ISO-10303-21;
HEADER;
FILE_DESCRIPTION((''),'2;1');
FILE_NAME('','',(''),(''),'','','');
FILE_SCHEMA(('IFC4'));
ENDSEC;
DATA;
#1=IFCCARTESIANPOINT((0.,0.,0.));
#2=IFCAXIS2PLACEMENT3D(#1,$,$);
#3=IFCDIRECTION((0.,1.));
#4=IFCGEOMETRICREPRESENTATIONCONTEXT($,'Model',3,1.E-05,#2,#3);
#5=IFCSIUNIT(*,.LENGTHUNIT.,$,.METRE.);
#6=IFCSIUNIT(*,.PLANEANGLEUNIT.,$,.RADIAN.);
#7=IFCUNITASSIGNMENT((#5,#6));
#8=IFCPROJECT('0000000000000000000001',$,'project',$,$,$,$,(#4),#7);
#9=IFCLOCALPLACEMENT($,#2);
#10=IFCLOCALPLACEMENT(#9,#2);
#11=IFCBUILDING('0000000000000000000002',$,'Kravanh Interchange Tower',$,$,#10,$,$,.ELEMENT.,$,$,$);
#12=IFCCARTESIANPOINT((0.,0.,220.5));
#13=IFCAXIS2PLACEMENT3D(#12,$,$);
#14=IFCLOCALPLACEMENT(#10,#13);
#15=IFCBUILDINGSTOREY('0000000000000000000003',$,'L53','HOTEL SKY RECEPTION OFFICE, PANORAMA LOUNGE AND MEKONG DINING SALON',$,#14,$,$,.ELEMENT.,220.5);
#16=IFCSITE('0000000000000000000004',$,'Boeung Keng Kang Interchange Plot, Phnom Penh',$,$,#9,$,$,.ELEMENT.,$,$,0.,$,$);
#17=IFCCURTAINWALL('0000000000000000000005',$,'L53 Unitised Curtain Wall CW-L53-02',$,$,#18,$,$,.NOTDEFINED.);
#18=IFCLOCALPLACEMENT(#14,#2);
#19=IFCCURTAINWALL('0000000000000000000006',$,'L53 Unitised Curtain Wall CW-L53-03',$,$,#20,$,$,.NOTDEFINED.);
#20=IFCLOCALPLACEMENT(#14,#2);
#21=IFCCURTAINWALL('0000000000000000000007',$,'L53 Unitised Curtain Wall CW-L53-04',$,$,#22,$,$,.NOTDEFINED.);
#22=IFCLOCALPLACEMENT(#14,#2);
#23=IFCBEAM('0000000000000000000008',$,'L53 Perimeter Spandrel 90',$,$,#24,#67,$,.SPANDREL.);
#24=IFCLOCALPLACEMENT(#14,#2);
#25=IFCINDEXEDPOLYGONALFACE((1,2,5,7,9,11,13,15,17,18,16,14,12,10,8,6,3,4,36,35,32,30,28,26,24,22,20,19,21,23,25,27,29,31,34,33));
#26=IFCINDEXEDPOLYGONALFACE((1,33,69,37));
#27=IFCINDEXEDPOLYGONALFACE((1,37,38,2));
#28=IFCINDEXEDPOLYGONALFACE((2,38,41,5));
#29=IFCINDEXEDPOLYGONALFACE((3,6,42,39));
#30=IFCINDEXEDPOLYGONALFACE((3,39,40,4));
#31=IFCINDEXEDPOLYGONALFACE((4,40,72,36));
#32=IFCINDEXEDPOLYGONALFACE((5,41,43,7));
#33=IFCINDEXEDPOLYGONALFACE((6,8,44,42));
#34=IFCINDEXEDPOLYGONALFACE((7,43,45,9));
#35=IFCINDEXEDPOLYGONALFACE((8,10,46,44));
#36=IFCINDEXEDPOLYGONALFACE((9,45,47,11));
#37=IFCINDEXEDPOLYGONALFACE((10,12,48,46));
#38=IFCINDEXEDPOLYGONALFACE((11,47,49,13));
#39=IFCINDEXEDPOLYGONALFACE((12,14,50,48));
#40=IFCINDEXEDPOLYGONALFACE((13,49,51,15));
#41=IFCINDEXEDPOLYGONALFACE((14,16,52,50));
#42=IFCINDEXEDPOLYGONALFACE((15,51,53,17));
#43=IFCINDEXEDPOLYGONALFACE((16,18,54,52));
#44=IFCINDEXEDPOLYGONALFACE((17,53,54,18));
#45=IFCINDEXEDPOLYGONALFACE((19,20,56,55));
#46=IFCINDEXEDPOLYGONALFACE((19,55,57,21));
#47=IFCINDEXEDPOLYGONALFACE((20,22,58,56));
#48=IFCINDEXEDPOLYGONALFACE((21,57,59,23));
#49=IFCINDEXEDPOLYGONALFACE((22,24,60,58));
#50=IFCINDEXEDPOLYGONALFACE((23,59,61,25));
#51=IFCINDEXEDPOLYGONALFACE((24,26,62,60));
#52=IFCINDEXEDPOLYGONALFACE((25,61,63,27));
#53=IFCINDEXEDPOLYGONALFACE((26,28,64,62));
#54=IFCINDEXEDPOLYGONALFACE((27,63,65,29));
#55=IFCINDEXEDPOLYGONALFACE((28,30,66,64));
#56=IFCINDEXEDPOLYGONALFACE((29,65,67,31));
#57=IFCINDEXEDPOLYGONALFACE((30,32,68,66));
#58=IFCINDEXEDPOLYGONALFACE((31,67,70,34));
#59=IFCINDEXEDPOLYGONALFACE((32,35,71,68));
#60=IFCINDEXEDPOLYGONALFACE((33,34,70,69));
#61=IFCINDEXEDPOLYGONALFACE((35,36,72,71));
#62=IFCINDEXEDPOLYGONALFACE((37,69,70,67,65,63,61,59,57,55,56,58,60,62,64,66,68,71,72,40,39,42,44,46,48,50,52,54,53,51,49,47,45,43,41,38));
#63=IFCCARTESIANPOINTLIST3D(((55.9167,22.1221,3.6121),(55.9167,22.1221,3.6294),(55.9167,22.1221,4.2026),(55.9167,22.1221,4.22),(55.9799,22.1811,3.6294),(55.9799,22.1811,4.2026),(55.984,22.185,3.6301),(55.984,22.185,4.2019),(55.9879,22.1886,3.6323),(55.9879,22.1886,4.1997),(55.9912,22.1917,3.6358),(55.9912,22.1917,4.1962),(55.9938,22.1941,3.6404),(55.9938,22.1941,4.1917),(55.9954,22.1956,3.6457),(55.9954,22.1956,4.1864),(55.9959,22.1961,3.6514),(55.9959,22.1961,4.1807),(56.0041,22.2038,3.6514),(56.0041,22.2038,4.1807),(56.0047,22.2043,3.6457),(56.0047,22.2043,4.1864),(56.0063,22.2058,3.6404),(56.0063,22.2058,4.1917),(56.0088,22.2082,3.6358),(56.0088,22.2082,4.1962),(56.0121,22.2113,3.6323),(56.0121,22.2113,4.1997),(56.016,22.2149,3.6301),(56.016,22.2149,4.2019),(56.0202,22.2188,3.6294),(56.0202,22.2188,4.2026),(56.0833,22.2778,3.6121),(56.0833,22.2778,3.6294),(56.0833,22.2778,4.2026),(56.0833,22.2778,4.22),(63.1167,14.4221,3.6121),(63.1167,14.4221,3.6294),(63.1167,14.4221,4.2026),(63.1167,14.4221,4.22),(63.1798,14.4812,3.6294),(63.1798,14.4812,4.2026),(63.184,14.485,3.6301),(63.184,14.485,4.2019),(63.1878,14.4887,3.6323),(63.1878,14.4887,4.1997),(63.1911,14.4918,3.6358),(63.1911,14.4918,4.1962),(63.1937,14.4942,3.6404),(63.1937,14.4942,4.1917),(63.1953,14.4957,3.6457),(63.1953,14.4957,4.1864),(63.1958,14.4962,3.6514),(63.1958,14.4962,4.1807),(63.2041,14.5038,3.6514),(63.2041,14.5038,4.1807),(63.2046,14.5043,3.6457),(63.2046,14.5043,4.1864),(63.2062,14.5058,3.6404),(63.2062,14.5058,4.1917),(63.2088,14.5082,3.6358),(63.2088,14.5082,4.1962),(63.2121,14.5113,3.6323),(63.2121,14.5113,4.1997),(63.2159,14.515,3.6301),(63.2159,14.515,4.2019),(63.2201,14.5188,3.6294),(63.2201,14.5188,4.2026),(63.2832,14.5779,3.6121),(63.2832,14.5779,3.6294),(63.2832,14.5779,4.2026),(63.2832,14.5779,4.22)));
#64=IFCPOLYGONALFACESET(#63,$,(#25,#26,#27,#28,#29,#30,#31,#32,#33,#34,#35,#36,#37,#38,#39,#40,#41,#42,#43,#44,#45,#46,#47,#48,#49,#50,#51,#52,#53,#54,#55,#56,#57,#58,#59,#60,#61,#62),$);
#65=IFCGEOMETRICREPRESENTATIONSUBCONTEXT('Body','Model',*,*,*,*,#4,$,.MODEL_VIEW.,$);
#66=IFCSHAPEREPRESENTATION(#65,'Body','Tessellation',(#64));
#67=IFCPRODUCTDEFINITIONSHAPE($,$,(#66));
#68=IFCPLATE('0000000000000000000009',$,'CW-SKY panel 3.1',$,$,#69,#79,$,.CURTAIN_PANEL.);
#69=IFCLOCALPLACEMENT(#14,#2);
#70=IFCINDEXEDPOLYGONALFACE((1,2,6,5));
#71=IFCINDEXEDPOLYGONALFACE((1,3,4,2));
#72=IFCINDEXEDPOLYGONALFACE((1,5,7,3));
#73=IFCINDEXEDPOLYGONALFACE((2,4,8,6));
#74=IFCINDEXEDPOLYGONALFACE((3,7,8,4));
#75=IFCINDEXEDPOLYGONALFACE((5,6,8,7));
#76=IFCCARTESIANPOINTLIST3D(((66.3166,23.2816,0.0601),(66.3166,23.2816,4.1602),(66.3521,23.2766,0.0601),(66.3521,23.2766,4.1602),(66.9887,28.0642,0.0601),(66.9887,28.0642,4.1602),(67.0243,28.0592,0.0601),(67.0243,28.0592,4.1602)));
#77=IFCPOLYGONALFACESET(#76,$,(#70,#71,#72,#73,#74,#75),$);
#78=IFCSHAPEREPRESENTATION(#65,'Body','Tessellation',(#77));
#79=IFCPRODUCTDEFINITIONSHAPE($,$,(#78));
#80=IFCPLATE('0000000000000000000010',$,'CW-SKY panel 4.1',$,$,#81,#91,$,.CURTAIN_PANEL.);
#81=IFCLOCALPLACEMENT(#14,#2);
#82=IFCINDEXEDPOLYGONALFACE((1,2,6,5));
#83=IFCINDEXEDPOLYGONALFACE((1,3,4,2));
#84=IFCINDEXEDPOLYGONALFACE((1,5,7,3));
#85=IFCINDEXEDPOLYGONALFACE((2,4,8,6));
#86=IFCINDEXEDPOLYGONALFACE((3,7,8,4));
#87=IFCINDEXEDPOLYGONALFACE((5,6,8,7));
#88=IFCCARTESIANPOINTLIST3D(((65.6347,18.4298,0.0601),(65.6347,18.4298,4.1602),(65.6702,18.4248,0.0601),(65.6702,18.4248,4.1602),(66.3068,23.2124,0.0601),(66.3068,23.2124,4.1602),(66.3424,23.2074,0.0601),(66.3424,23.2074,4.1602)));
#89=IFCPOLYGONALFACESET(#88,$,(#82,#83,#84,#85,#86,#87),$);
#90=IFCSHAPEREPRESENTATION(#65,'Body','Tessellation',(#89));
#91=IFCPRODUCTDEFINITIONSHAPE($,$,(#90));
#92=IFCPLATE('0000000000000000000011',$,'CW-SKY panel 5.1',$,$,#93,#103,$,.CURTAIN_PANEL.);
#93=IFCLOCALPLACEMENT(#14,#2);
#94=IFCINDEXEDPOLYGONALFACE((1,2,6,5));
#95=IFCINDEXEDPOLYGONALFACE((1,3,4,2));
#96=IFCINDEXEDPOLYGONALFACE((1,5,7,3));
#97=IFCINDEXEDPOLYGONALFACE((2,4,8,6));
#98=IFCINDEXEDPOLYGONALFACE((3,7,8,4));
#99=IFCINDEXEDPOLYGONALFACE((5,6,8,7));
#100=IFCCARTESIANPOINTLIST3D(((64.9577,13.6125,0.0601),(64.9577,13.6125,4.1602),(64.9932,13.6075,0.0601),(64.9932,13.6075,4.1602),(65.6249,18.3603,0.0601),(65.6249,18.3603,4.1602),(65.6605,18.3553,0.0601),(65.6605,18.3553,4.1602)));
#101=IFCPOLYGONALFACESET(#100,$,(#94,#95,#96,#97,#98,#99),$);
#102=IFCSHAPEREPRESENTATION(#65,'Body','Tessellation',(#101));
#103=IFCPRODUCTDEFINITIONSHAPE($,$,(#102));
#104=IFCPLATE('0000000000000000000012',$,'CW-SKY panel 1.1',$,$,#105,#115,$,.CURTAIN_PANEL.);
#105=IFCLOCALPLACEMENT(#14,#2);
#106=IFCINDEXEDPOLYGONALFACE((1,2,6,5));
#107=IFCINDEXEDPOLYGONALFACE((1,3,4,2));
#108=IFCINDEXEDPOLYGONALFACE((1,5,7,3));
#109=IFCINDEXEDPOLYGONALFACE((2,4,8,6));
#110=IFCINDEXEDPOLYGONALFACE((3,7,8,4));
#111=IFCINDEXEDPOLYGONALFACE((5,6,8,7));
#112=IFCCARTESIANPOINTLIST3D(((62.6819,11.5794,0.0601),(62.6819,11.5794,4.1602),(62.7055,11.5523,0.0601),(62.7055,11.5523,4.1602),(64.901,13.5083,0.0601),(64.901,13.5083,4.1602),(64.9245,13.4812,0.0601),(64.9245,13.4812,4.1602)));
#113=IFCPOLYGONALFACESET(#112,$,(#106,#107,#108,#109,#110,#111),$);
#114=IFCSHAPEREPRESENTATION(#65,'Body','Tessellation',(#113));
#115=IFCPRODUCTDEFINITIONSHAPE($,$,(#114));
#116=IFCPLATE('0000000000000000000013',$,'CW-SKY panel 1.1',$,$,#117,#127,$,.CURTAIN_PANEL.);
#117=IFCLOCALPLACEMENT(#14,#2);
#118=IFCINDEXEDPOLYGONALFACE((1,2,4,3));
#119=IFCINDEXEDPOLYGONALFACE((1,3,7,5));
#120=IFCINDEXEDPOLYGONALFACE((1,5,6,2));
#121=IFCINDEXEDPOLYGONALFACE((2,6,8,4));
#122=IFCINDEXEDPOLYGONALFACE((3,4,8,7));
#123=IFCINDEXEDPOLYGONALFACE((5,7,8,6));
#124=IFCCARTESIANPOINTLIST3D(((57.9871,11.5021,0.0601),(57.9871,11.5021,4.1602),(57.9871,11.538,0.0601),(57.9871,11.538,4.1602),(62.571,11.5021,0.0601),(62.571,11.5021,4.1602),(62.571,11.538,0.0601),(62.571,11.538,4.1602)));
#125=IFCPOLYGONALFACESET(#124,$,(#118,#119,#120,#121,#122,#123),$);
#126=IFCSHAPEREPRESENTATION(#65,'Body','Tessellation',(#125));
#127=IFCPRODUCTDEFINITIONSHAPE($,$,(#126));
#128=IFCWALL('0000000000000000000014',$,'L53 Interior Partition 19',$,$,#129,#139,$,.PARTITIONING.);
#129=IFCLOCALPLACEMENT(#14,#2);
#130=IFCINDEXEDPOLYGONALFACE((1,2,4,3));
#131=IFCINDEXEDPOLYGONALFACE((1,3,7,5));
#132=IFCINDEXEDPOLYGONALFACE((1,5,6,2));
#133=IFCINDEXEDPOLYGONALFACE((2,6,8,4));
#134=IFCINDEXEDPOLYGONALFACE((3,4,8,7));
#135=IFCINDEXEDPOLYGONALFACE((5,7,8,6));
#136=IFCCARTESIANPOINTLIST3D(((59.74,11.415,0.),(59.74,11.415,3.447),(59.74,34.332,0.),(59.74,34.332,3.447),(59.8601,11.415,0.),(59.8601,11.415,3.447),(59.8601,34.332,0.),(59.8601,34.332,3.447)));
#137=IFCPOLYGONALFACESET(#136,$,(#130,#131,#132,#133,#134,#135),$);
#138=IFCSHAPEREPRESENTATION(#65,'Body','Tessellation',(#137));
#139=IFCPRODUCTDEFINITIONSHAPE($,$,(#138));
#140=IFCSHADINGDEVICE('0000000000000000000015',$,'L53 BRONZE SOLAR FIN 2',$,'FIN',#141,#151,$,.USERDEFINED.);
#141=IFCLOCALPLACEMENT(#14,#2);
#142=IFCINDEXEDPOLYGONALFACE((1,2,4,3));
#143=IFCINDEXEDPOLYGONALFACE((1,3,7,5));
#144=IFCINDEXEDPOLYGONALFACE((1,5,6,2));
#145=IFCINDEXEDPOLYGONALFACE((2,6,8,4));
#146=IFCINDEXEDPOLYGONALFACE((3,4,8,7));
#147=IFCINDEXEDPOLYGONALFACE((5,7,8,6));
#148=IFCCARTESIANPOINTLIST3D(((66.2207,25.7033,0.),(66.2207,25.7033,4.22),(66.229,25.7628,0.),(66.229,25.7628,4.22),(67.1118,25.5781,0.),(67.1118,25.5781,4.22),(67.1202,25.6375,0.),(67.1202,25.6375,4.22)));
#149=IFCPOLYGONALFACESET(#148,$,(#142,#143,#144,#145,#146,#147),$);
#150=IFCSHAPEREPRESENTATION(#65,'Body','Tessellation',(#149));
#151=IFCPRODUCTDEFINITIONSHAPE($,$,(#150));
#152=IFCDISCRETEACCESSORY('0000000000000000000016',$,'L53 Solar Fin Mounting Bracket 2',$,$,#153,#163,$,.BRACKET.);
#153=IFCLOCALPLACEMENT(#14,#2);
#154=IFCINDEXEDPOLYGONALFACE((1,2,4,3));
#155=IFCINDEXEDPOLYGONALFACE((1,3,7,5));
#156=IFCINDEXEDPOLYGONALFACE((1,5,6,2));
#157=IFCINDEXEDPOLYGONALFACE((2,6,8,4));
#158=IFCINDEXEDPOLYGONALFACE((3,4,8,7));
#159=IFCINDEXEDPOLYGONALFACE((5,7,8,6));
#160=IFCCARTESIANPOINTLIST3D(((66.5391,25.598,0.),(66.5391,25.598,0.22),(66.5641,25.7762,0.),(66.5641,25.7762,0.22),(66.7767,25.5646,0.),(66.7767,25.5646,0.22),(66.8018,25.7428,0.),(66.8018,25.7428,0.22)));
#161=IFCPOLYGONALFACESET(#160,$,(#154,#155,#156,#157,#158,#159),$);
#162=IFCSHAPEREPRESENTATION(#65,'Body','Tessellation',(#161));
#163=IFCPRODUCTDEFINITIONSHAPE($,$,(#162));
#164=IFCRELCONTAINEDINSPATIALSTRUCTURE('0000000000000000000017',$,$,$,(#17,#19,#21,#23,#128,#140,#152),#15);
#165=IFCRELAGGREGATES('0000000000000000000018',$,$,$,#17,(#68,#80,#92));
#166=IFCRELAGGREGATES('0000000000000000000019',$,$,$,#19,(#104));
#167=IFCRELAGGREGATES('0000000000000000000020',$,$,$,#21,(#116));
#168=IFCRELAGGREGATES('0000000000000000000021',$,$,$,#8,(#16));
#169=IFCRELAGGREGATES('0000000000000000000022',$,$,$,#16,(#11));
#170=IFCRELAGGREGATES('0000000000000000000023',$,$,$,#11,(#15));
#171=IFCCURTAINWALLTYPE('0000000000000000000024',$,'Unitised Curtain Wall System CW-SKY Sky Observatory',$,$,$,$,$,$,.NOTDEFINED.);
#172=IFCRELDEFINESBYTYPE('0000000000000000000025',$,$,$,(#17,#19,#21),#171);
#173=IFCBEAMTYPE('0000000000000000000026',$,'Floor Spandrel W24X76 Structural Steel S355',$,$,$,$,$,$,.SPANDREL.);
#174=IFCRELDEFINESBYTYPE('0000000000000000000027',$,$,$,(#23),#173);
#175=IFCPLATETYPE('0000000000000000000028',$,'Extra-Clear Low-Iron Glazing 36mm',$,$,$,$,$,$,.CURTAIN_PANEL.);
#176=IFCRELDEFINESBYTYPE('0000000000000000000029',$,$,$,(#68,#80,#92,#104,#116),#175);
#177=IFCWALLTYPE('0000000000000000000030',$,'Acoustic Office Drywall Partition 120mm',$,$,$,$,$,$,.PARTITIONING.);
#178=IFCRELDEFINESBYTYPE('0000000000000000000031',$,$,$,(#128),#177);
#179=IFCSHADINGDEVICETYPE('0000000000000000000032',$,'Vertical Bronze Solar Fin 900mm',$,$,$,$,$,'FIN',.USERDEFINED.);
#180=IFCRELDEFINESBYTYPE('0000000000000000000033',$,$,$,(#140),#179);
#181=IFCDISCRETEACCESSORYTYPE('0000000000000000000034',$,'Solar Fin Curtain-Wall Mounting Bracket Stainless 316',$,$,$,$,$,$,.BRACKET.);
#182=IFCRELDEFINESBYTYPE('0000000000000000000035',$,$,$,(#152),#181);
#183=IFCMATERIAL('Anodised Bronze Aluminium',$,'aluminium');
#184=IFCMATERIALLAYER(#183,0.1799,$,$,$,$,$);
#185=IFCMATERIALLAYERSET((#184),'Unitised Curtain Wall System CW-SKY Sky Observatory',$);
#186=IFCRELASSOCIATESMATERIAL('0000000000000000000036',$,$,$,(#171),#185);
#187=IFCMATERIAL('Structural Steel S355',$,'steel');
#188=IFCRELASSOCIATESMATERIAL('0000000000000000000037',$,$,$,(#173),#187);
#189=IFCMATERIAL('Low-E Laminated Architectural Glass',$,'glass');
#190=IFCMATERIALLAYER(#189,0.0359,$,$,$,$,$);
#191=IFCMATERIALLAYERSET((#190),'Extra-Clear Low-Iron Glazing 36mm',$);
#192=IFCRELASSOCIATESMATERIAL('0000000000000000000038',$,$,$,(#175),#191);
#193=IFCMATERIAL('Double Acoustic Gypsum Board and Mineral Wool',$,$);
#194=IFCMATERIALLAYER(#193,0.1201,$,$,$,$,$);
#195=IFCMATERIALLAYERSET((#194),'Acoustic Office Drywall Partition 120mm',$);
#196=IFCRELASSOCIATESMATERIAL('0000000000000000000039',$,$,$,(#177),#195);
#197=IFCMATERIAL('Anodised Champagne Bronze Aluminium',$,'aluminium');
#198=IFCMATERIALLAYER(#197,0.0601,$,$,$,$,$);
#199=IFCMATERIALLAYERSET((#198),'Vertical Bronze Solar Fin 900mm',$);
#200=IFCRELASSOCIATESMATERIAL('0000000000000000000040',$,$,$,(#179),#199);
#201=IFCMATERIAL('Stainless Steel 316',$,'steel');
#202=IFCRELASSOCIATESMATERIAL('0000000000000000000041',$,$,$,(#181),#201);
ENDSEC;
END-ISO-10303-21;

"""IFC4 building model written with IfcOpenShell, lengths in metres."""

from ifc_helpers import new_model, si_unit, direction, frame, frame_2d, origin, origin_2d, place, context, subcontext, project, spatial, rectangle, i_section, extrude, material, layer, layer_set, material_profile, profile_set, type_object, element, aggregate, save


model = new_model("IFC4")

# Units and contexts
model_context = context("Model", 3, precision=1e-05, world=origin(), true_north=direction((0.0, 1.0)))
body_context = subcontext(model_context, "Body", "Model", "MODEL_VIEW")
ifc_project = project(units=[si_unit("LENGTHUNIT", "METRE"), si_unit("PLANEANGLEUNIT", "RADIAN")], contexts=[model_context])

# Site, building, storey
site_placement = place(None, origin())
site = spatial("IfcSite", under=ifc_project, at=site_placement, Name="Boeung Keng Kang Interchange Plot, Phnom Penh", CompositionType="ELEMENT", RefElevation=0.0)
building_placement = place(site_placement, origin())
building = spatial("IfcBuilding", under=site, at=building_placement, Name="Kravanh Interchange Tower", CompositionType="ELEMENT")
storey_placement = place(building_placement, frame((0.0, 0.0, 220.5)))
storey = spatial("IfcBuildingStorey", under=building, at=storey_placement, Name="L53", Description="HOTEL SKY RECEPTION OFFICE, PANORAMA LOUNGE AND MEKONG DINING SALON", CompositionType="ELEMENT", Elevation=220.5)

# Curtain walls
ifc_material_1 = material(Name="Anodised Bronze Aluminium", Category="aluminium")
ifc_layer_1 = layer(ifc_material_1, 0.1799)
ifc_layer_set_1 = layer_set([ifc_layer_1], Name="Unitised Curtain Wall System CW-SKY Sky Observatory")
curtain_wall_type = type_object("IfcCurtainWallType", Name="Unitised Curtain Wall System CW-SKY Sky Observatory", PredefinedType="NOTDEFINED", material=ifc_layer_set_1)
curtain_wall_1_placement = place(storey_placement, origin())
curtain_wall_1 = element("IfcCurtainWall", 1, at=curtain_wall_1_placement, inside=storey, type_object=curtain_wall_type, Name="L53 Unitised Curtain Wall CW-L53-02", PredefinedType="NOTDEFINED")
curtain_wall_2_placement = place(storey_placement, origin())
curtain_wall_2 = element("IfcCurtainWall", 2, at=curtain_wall_2_placement, inside=storey, type_object=curtain_wall_type, Name="L53 Unitised Curtain Wall CW-L53-03", PredefinedType="NOTDEFINED")
curtain_wall_3_placement = place(storey_placement, origin())
curtain_wall_3 = element("IfcCurtainWall", 3, at=curtain_wall_3_placement, inside=storey, type_object=curtain_wall_type, Name="L53 Unitised Curtain Wall CW-L53-04", PredefinedType="NOTDEFINED")

# Beam
ifc_material_2 = material(Name="Structural Steel S355", Category="steel")
ifc_material_profile_1 = material_profile(ifc_material_2, i_section(OverallWidth=0.228, OverallDepth=0.6079, WebThickness=0.0112, FlangeThickness=0.0173, FilletRadius=0.022, at=origin_2d()), Name="W24X76")
ifc_profile_set_1 = profile_set([ifc_material_profile_1], Name="Structural Steel S355")
beam_type_1 = type_object("IfcBeamType", Name="Floor Spandrel W24X76 Structural Steel S355", PredefinedType="SPANDREL", material=ifc_profile_set_1)
beam_1_placement = place(storey_placement, frame((63.2, 14.5, 3.916), z_axis=(-0.682994, 0.730424, 0.0), x_axis=(-0.730424, -0.682994, 0.0)))
element("IfcBeam", 4, at=beam_1_placement, inside=storey, type_object=beam_type_1, Name="L53 Perimeter Spandrel 90", PredefinedType="SPANDREL", context=body_context, shape_type="SweptSolid", body=[
    extrude(i_section(OverallWidth=0.228, OverallDepth=0.6079, WebThickness=0.0112, FlangeThickness=0.0173, FilletRadius=0.022, at=origin_2d()), origin(), (0.0, 0.0, 1.0), 10.5417),
])

# Plates
ifc_material_3 = material(Name="Low-E Laminated Architectural Glass", Category="glass")
ifc_layer_2 = layer(ifc_material_3, 0.0359)
ifc_layer_set_2 = layer_set([ifc_layer_2], Name="Extra-Clear Low-Iron Glazing 36mm")
plate_type = type_object("IfcPlateType", Name="Extra-Clear Low-Iron Glazing 36mm", PredefinedType="CURTAIN_PANEL", material=ifc_layer_set_2)
plate_1_placement = place(storey_placement, frame((66.6704, 25.6704, 0.0601), z_axis=(0.0, 0.0, 1.0), x_axis=(-0.139172, -0.990268, 0.0)))
plate_1 = element("IfcPlate", 5, at=plate_1_placement, type_object=plate_type, Name="CW-SKY panel 3.1", PredefinedType="CURTAIN_PANEL", context=body_context, shape_type="SweptSolid", body=[
    extrude(rectangle(XDim=4.8296, YDim=0.0359, at=origin_2d()), origin(), (0.0, 0.0, 1.0), 4.1001),
])
plate_2_placement = place(storey_placement, frame((65.9885, 20.8186, 0.0601), z_axis=(0.0, 0.0, 1.0), x_axis=(-0.139172, -0.990268, 0.0)))
plate_2 = element("IfcPlate", 6, at=plate_2_placement, type_object=plate_type, Name="CW-SKY panel 4.1", PredefinedType="CURTAIN_PANEL", context=body_context, shape_type="SweptSolid", body=[
    extrude(rectangle(XDim=4.8296, YDim=0.0359, at=origin_2d()), origin(), (0.0, 0.0, 1.0), 4.1001),
])
plate_3_placement = place(storey_placement, frame((65.3091, 15.9839, 0.0601), z_axis=(0.0, 0.0, 1.0), x_axis=(-0.139172, -0.990268, 0.0)))
plate_3 = element("IfcPlate", 7, at=plate_3_placement, type_object=plate_type, Name="CW-SKY panel 5.1", PredefinedType="CURTAIN_PANEL", context=body_context, shape_type="SweptSolid", body=[
    extrude(rectangle(XDim=4.7944, YDim=0.0359, at=origin_2d()), origin(), (0.0, 0.0, 1.0), 4.1001),
])
aggregate(curtain_wall_1, [plate_1, plate_2, plate_3])
plate_4_placement = place(storey_placement, frame((63.8032, 12.5303, 0.0601), z_axis=(0.0, 0.0, 1.0), x_axis=(-0.754717, -0.656051, 0.0)))
plate_4 = element("IfcPlate", 8, at=plate_4_placement, type_object=plate_type, Name="CW-SKY panel 1.1", PredefinedType="CURTAIN_PANEL", context=body_context, shape_type="SweptSolid", body=[
    extrude(rectangle(XDim=2.9402, YDim=0.0359, at=origin_2d()), origin(), (0.0, 0.0, 1.0), 4.1001),
])
aggregate(curtain_wall_2, [plate_4])
plate_5_placement = place(storey_placement, frame((60.2791, 11.52, 0.0601), z_axis=(0.0, 0.0, 1.0), x_axis=(-1.0, 0.0, 0.0)))
plate_5 = element("IfcPlate", 9, at=plate_5_placement, type_object=plate_type, Name="CW-SKY panel 1.1", PredefinedType="CURTAIN_PANEL", context=body_context, shape_type="SweptSolid", body=[
    extrude(rectangle(XDim=4.584, YDim=0.0359, at=origin_2d()), origin(), (0.0, 0.0, 1.0), 4.1001),
])
aggregate(curtain_wall_3, [plate_5])

# Wall
ifc_material_4 = material(Name="Double Acoustic Gypsum Board and Mineral Wool")
ifc_layer_3 = layer(ifc_material_4, 0.1201)
ifc_layer_set_3 = layer_set([ifc_layer_3], Name="Acoustic Office Drywall Partition 120mm")
wall_type = type_object("IfcWallType", Name="Acoustic Office Drywall Partition 120mm", PredefinedType="PARTITIONING", material=ifc_layer_set_3)
wall_placement = place(storey_placement, frame((59.8, 11.415, 0.0), z_axis=(0.0, 0.0, 1.0), x_axis=(0.0, 1.0, 0.0)))
element("IfcWall", 10, at=wall_placement, inside=storey, type_object=wall_type, Name="L53 Interior Partition 19", PredefinedType="PARTITIONING", context=body_context, shape_type="SweptSolid", body=[
    extrude(rectangle(XDim=22.917, YDim=0.1201, at=frame_2d((11.4585, 0.0))), origin(), (0.0, 0.0, 1.0), 3.447),
])

# Shading device
ifc_material_5 = material(Name="Anodised Champagne Bronze Aluminium", Category="aluminium")
ifc_layer_4 = layer(ifc_material_5, 0.0601)
ifc_layer_set_4 = layer_set([ifc_layer_4], Name="Vertical Bronze Solar Fin 900mm")
shading_device_type = type_object("IfcShadingDeviceType", Name="Vertical Bronze Solar Fin 900mm", ElementType="FIN", PredefinedType="USERDEFINED", material=ifc_layer_set_4)
shading_device_placement = place(storey_placement, frame((66.6704, 25.6704, 0.0), z_axis=(0.0, 0.0, 1.0), x_axis=(0.990268, -0.139172, 0.0)))
element("IfcShadingDevice", 11, at=shading_device_placement, inside=storey, type_object=shading_device_type, Name="L53 BRONZE SOLAR FIN 2", ObjectType="FIN", PredefinedType="USERDEFINED", context=body_context, shape_type="SweptSolid", body=[
    extrude(rectangle(XDim=0.8999, YDim=0.0601, at=origin_2d()), origin(), (0.0, 0.0, 1.0), 4.22),
])

# Discrete accessory
ifc_material_6 = material(Name="Stainless Steel 316", Category="steel")
discrete_accessory_type = type_object("IfcDiscreteAccessoryType", Name="Solar Fin Curtain-Wall Mounting Bracket Stainless 316", PredefinedType="BRACKET", material=ifc_material_6)
discrete_accessory_placement = place(storey_placement, frame((66.6704, 25.6704, 0.0), z_axis=(0.0, 0.0, 1.0), x_axis=(0.990268, -0.139172, 0.0)))
element("IfcDiscreteAccessory", 12, at=discrete_accessory_placement, inside=storey, type_object=discrete_accessory_type, Name="L53 Solar Fin Mounting Bracket 2", PredefinedType="BRACKET", context=body_context, shape_type="SweptSolid", body=[
    extrude(rectangle(XDim=0.24, YDim=0.1799, at=origin_2d()), origin(), (0.0, 0.0, 1.0), 0.22),
])

save(model, "model.ifc")
